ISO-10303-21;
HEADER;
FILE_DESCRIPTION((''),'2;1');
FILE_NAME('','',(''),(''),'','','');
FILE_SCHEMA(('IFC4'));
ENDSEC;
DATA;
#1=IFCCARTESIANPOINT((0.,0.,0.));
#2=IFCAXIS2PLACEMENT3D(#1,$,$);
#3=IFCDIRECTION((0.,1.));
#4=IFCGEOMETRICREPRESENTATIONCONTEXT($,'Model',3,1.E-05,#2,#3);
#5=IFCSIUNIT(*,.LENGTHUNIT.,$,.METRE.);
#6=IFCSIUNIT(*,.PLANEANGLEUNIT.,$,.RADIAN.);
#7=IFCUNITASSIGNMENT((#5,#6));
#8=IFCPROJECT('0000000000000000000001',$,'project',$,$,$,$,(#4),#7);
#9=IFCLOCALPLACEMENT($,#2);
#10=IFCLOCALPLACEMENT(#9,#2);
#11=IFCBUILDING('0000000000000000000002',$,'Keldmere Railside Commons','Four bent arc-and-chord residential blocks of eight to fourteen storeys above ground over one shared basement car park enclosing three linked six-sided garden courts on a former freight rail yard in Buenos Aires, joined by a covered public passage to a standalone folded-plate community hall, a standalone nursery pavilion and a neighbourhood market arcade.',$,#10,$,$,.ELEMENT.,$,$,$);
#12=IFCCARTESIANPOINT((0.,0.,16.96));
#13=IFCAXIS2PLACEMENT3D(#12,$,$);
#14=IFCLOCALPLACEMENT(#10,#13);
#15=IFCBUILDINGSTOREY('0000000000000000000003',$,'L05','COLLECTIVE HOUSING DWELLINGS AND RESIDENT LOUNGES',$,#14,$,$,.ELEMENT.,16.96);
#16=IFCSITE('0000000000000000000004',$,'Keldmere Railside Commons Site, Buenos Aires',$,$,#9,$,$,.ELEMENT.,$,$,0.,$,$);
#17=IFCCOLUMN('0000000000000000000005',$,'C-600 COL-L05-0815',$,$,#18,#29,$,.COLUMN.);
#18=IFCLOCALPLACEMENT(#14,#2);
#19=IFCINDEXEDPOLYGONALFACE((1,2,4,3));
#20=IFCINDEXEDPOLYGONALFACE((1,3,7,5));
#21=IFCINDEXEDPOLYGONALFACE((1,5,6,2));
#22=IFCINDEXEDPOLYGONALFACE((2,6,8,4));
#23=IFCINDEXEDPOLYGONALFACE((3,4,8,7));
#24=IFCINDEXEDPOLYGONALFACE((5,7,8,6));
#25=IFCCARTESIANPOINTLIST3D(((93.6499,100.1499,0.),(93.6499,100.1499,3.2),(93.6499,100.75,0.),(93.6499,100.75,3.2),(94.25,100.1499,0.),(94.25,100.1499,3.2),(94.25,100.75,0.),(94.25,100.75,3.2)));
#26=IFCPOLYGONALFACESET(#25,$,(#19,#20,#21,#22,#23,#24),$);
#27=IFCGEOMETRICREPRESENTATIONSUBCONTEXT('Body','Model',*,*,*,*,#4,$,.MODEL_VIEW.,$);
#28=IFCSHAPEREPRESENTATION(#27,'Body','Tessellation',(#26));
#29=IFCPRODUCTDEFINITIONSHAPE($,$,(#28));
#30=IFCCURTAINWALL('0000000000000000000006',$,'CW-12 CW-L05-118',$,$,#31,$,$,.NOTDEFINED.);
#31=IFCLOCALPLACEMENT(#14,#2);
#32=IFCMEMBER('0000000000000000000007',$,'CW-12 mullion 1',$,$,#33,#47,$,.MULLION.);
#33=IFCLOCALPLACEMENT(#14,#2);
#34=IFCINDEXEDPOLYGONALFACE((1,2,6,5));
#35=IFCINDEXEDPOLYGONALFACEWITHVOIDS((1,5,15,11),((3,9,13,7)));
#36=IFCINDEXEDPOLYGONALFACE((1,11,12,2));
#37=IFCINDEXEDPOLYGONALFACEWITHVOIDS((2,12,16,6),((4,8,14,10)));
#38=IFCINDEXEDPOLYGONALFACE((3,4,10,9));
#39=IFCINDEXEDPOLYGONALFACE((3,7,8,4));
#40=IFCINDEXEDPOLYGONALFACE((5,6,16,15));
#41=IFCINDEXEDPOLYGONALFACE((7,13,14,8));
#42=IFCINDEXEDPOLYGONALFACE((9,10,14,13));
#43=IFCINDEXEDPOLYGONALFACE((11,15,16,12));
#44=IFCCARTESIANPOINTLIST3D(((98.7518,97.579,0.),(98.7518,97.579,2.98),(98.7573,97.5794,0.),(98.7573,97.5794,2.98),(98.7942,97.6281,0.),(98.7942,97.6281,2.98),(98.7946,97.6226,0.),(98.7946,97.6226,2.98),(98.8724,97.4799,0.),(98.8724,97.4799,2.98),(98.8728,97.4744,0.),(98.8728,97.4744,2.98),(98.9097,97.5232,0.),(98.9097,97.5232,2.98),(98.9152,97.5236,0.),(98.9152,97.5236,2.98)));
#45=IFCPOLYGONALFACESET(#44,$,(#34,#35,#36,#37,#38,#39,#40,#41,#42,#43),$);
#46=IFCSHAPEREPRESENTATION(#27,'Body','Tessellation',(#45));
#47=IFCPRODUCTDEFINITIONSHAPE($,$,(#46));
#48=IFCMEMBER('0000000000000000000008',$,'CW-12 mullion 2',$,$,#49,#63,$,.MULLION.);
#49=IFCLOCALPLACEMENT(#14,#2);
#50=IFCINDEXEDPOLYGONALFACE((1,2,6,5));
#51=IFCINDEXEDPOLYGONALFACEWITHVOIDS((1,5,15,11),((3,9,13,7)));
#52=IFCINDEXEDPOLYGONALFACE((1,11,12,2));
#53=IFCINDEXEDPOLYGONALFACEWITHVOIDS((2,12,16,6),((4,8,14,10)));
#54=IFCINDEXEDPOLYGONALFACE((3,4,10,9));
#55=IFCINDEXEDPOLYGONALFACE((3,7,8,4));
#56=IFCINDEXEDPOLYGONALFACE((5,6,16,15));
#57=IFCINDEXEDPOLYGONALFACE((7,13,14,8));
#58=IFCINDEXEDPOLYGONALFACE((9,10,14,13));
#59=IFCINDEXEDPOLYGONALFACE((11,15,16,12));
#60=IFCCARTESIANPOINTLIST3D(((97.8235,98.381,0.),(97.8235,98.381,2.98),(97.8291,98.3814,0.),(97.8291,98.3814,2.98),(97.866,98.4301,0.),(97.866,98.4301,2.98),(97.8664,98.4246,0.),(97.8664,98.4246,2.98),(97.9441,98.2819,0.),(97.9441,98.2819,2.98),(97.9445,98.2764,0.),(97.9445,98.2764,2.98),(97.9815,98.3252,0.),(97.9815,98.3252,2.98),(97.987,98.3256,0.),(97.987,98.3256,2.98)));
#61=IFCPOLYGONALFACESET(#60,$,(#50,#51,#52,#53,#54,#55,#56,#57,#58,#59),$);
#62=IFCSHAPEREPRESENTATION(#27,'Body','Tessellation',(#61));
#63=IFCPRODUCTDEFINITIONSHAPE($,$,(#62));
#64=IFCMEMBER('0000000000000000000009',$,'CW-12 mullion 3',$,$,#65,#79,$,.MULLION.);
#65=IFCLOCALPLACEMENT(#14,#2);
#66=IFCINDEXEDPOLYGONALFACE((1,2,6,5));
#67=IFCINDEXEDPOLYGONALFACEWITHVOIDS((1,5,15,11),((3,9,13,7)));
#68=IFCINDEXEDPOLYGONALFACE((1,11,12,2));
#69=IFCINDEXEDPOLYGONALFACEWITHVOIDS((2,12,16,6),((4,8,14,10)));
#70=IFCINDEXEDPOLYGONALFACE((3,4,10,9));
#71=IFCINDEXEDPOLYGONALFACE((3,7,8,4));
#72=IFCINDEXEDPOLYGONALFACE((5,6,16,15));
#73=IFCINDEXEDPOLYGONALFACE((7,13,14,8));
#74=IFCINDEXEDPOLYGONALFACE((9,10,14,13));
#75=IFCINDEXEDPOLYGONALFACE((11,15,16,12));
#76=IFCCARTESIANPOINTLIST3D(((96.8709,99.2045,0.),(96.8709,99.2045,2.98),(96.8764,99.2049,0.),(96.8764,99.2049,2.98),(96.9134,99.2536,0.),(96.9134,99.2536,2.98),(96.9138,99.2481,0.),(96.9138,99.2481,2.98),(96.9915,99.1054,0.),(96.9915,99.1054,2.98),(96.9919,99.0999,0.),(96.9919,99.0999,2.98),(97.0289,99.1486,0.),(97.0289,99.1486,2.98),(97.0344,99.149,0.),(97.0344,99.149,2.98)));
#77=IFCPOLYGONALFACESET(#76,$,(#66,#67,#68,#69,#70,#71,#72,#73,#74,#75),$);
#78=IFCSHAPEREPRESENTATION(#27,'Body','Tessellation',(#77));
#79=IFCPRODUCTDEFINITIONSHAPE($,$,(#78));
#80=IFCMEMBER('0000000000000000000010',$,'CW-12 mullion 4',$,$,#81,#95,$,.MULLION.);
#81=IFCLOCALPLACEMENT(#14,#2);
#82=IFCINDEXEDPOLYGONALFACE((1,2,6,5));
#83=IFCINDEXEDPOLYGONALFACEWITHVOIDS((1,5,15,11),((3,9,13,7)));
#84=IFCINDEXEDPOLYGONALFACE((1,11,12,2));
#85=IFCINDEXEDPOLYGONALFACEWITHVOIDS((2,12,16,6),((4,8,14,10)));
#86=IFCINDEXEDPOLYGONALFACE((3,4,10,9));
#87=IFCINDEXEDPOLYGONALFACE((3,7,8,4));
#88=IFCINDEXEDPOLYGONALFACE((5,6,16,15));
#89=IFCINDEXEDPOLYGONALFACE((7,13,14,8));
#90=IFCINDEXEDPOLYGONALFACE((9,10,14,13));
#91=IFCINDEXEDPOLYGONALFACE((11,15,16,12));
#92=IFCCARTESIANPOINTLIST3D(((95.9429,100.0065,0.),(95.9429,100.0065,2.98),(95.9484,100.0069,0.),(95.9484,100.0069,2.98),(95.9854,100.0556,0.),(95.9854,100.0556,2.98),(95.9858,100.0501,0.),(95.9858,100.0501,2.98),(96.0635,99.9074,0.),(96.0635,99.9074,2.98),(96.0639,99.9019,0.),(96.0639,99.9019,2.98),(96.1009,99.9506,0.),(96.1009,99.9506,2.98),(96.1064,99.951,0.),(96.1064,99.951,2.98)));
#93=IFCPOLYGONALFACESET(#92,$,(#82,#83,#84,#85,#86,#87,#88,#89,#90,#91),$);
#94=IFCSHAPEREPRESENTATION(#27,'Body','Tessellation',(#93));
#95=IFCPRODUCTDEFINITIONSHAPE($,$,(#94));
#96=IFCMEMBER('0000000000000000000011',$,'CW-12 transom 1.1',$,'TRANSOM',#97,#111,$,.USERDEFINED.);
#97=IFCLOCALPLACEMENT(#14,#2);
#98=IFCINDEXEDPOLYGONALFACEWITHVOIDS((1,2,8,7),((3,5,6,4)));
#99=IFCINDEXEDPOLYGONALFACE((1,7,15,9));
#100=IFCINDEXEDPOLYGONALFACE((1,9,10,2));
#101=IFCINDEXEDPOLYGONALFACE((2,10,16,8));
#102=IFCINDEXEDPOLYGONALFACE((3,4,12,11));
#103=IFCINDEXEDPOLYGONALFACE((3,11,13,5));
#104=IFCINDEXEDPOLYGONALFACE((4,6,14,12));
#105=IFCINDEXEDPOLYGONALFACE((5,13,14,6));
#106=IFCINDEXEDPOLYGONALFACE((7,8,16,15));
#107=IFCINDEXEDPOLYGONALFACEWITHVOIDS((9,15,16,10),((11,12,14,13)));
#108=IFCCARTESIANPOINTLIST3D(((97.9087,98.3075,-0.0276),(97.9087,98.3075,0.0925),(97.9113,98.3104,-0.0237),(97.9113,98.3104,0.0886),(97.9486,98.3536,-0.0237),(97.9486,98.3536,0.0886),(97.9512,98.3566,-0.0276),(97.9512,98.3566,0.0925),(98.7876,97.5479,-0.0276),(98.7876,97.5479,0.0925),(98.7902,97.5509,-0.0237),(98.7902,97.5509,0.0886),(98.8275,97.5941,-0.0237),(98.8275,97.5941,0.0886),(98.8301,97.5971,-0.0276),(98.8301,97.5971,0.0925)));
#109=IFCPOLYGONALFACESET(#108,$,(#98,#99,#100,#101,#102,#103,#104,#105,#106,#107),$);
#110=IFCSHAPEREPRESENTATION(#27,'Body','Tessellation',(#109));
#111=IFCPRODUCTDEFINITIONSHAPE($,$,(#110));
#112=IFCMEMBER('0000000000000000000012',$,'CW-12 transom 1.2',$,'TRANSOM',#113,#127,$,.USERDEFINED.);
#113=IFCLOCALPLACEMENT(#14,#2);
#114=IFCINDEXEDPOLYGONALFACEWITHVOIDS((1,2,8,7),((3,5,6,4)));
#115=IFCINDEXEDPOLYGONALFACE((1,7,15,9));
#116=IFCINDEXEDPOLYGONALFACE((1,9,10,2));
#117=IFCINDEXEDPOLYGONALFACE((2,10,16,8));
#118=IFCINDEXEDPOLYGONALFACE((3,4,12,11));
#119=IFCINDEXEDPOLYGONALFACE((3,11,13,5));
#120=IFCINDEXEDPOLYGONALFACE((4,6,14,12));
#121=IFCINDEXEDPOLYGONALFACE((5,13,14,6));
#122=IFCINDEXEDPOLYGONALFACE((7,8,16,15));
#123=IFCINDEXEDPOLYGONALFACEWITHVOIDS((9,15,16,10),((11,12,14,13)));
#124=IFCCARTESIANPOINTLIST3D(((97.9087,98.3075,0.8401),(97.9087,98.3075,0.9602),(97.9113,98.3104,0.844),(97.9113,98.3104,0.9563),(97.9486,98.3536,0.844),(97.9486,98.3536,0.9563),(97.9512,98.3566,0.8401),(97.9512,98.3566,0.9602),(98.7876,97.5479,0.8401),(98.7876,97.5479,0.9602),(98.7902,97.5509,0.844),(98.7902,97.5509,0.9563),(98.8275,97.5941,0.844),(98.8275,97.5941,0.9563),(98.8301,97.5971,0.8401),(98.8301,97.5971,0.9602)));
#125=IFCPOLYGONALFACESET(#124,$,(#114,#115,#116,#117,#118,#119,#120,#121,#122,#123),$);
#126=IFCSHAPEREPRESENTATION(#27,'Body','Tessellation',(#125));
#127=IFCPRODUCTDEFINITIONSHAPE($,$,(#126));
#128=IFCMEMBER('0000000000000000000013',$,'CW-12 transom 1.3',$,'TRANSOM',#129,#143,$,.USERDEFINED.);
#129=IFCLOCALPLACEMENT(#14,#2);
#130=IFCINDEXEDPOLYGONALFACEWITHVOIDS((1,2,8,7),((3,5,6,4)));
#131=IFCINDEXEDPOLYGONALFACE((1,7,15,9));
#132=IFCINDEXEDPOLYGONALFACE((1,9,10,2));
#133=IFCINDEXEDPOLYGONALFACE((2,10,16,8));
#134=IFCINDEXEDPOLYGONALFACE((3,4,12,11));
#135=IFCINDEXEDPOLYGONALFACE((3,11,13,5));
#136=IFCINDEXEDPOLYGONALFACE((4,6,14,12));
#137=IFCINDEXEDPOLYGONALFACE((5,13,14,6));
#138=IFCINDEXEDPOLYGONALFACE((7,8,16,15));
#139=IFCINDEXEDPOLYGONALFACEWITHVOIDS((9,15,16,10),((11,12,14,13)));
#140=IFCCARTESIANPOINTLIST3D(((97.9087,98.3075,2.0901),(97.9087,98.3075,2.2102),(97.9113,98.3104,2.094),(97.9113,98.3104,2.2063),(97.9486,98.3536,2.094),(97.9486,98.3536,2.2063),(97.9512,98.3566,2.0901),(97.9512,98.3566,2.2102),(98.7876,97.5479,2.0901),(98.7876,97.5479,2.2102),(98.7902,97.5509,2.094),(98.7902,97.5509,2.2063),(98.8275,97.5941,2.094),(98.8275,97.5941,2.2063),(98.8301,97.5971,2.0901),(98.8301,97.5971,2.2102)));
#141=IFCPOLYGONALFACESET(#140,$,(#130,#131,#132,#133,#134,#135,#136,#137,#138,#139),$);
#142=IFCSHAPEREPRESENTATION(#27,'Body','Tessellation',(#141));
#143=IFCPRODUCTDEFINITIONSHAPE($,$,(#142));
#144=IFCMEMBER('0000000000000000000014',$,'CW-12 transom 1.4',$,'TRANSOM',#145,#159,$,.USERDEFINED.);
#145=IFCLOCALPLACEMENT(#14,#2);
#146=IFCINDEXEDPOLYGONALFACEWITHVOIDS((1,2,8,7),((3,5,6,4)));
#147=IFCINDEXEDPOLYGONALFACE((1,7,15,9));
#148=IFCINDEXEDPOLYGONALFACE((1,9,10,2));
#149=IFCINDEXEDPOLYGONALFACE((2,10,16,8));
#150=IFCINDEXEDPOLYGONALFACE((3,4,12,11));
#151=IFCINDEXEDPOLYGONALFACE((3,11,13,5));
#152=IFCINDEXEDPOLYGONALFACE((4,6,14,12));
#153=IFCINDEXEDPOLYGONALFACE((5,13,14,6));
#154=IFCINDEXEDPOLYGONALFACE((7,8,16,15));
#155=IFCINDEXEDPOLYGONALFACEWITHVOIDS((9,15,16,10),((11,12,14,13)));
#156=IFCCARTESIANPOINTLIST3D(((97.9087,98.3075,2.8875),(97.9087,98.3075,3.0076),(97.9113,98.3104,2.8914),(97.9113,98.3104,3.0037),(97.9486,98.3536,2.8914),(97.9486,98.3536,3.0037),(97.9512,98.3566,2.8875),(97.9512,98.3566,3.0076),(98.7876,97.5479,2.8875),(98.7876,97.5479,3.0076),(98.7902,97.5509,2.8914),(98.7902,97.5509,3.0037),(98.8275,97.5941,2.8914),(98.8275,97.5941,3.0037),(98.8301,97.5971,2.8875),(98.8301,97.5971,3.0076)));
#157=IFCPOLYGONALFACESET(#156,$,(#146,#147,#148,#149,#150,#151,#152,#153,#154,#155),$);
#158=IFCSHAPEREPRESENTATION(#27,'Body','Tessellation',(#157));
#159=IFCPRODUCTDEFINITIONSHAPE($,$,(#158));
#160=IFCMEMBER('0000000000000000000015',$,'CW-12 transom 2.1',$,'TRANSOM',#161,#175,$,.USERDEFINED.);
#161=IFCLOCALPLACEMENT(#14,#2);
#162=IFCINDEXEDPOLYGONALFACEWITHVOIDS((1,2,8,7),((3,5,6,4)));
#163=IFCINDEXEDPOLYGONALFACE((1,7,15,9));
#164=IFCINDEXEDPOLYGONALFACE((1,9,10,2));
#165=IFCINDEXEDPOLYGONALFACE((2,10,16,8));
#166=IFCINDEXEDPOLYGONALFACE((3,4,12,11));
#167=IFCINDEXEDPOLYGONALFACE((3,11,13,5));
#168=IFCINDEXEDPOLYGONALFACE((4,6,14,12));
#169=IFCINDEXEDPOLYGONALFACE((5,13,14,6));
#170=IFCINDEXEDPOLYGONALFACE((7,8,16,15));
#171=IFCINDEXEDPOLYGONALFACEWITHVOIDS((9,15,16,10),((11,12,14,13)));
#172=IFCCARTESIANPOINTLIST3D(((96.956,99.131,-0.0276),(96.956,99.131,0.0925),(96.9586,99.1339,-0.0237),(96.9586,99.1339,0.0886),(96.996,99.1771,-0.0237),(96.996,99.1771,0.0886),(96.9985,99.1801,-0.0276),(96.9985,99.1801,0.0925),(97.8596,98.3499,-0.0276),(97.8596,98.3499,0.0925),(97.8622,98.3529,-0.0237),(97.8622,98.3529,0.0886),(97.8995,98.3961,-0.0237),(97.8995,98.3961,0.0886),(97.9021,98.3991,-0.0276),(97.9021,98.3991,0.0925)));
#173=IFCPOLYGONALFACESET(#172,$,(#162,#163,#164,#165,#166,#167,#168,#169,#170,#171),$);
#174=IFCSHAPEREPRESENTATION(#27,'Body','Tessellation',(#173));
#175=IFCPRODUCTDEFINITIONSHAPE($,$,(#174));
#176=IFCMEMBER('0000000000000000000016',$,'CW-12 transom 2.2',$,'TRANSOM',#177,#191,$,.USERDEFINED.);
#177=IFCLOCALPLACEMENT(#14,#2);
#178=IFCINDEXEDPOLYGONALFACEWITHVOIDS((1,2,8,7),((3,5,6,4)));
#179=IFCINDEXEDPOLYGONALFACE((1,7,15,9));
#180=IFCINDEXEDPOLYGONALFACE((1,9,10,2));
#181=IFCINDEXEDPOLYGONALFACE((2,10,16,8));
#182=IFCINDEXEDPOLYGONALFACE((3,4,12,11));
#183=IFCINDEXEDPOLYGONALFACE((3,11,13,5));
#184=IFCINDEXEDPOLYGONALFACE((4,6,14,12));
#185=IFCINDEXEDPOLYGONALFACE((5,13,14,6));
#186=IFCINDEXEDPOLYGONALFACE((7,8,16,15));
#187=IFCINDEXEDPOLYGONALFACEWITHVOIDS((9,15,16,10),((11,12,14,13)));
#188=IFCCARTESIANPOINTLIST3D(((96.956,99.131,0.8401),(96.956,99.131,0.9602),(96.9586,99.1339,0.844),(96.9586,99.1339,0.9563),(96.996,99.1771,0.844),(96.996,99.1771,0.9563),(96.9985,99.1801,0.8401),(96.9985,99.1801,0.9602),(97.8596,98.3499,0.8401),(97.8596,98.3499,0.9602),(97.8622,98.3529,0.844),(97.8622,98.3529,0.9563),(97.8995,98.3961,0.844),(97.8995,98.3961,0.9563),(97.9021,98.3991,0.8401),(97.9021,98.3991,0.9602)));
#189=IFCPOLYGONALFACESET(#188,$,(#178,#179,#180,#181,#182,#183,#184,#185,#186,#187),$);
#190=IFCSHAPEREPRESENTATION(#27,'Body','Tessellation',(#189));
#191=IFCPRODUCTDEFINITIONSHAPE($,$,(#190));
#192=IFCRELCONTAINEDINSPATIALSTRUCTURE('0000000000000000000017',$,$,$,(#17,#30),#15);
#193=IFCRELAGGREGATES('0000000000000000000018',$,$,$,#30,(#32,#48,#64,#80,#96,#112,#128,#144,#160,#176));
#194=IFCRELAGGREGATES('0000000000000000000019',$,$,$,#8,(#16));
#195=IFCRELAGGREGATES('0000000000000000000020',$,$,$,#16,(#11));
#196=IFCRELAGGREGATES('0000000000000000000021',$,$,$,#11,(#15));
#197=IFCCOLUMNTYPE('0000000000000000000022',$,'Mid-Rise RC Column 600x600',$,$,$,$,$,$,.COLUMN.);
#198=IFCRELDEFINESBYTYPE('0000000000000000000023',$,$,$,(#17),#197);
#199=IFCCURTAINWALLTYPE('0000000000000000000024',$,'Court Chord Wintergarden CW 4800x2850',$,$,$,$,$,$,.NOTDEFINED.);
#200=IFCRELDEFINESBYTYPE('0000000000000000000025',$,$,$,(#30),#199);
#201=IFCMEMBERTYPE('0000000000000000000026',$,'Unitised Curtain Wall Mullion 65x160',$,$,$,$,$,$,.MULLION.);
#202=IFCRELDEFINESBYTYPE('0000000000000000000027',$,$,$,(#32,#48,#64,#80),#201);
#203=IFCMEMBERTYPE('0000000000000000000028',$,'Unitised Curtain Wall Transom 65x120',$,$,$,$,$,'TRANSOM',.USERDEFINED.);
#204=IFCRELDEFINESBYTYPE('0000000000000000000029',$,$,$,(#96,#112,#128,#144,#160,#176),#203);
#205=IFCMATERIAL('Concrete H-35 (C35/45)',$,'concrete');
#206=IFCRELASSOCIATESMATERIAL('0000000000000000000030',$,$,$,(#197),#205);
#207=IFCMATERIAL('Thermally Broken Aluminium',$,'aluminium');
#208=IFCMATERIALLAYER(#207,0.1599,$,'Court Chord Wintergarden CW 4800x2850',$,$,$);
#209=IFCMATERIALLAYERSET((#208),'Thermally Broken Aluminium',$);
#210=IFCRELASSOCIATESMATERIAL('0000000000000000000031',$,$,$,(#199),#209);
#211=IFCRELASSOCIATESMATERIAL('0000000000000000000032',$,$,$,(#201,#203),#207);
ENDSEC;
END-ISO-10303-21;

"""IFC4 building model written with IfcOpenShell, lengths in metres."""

from ifc_helpers import new_model, si_unit, direction, frame, origin, origin_2d, place, context, subcontext, project, spatial, rectangle, hollow_rectangle, extrude, material, layer, layer_set, material_profile, profile_set, type_object, element, aggregate, save


model = new_model("IFC4")

# Units and contexts
model_context = context("Model", 3, precision=1e-05, world=origin(), true_north=direction((0.0, 1.0)))
body_context = subcontext(model_context, "Body", "Model", "MODEL_VIEW")
ifc_project = project(units=[si_unit("LENGTHUNIT", "METRE"), si_unit("PLANEANGLEUNIT", "RADIAN")], contexts=[model_context])

# Site, building, storey
site_placement = place(None, origin())
site = spatial("IfcSite", under=ifc_project, at=site_placement, Name="Keldmere Railside Commons Site, Buenos Aires", CompositionType="ELEMENT", RefElevation=0.0)
building_placement = place(site_placement, origin())
building = spatial("IfcBuilding", under=site, at=building_placement, Name="Keldmere Railside Commons", Description="Four bent arc-and-chord residential blocks of eight to fourteen storeys above ground over one shared basement car park enclosing three linked six-sided garden courts on a former freight rail yard in Buenos Aires, joined by a covered public passage to a standalone folded-plate community hall, a standalone nursery pavilion and a neighbourhood market arcade.", CompositionType="ELEMENT")
storey_placement = place(building_placement, frame((0.0, 0.0, 16.96)))
storey = spatial("IfcBuildingStorey", under=building, at=storey_placement, Name="L05", Description="COLLECTIVE HOUSING DWELLINGS AND RESIDENT LOUNGES", CompositionType="ELEMENT", Elevation=16.96)

# Column
ifc_material_1 = material(Name="Concrete H-35 (C35/45)", Category="concrete")
ifc_material_profile_1 = material_profile(ifc_material_1, rectangle(XDim=0.6001, YDim=0.6001, at=origin_2d()), Name="RC-600x600")
ifc_profile_set_1 = profile_set([ifc_material_profile_1], Name="Concrete H-35 (C35/45)")
column_type = type_object("IfcColumnType", Name="Mid-Rise RC Column 600x600", PredefinedType="COLUMN", material=ifc_profile_set_1)
column_placement = place(storey_placement, frame((93.95, 100.45, 0.0), z_axis=(0.0, 0.0, 1.0), x_axis=(1.0, 0.0, 0.0)))
element("IfcColumn", 1, at=column_placement, inside=storey, type_object=column_type, Name="C-600 COL-L05-0815", PredefinedType="COLUMN", context=body_context, shape_type="SweptSolid", body=[
    extrude(rectangle(XDim=0.6001, YDim=0.6001, at=origin_2d()), origin(), (0.0, 0.0, 1.0), 3.2),
])

# Curtain wall, members
ifc_material_2 = material(Name="Thermally Broken Aluminium", Category="aluminium")
ifc_layer_1 = layer(ifc_material_2, 0.1599, Name="Court Chord Wintergarden CW 4800x2850")
ifc_layer_set_1 = layer_set([ifc_layer_1], Name="Thermally Broken Aluminium")
curtain_wall_type = type_object("IfcCurtainWallType", Name="Court Chord Wintergarden CW 4800x2850", PredefinedType="NOTDEFINED", material=ifc_layer_set_1)
curtain_wall_placement = place(storey_placement, origin())
curtain_wall = element("IfcCurtainWall", 2, at=curtain_wall_placement, inside=storey, type_object=curtain_wall_type, Name="CW-12 CW-L05-118", PredefinedType="NOTDEFINED")
ifc_material_profile_2 = material_profile(ifc_material_2, hollow_rectangle(XDim=0.0649, YDim=0.1599, WallThickness=0.0039, at=origin_2d()), Name="ALU-MULL-65x160")
ifc_profile_set_2 = profile_set([ifc_material_profile_2], Name="Thermally Broken Aluminium")
member_type_1 = type_object("IfcMemberType", Name="Unitised Curtain Wall Mullion 65x160", PredefinedType="MULLION", material=ifc_profile_set_2)
member_1_placement = place(storey_placement, frame((98.8335, 97.5513, 0.0), z_axis=(0.0, 0.0, 1.0), x_axis=(-0.653882, -0.756597, 0.0)))
member_1 = element("IfcMember", 3, at=member_1_placement, type_object=member_type_1, Name="CW-12 mullion 1", PredefinedType="MULLION", context=body_context, shape_type="SweptSolid", body=[
    extrude(hollow_rectangle(XDim=0.0649, YDim=0.1599, WallThickness=0.0039, at=origin_2d()), origin(), (0.0, 0.0, 1.0), 2.98),
])
member_2_placement = place(storey_placement, frame((97.9053, 98.3533, 0.0), z_axis=(0.0, 0.0, 1.0), x_axis=(-0.653882, -0.756597, 0.0)))
member_2 = element("IfcMember", 4, at=member_2_placement, type_object=member_type_1, Name="CW-12 mullion 2", PredefinedType="MULLION", context=body_context, shape_type="SweptSolid", body=[
    extrude(hollow_rectangle(XDim=0.0649, YDim=0.1599, WallThickness=0.0039, at=origin_2d()), origin(), (0.0, 0.0, 1.0), 2.98),
])
member_3_placement = place(storey_placement, frame((96.9526, 99.1768, 0.0), z_axis=(0.0, 0.0, 1.0), x_axis=(-0.653882, -0.756597, 0.0)))
member_3 = element("IfcMember", 5, at=member_3_placement, type_object=member_type_1, Name="CW-12 mullion 3", PredefinedType="MULLION", context=body_context, shape_type="SweptSolid", body=[
    extrude(hollow_rectangle(XDim=0.0649, YDim=0.1599, WallThickness=0.0039, at=origin_2d()), origin(), (0.0, 0.0, 1.0), 2.98),
])
member_4_placement = place(storey_placement, frame((96.0247, 99.9788, 0.0), z_axis=(0.0, 0.0, 1.0), x_axis=(-0.653882, -0.756597, 0.0)))
member_4 = element("IfcMember", 6, at=member_4_placement, type_object=member_type_1, Name="CW-12 mullion 4", PredefinedType="MULLION", context=body_context, shape_type="SweptSolid", body=[
    extrude(hollow_rectangle(XDim=0.0649, YDim=0.1599, WallThickness=0.0039, at=origin_2d()), origin(), (0.0, 0.0, 1.0), 2.98),
])
ifc_material_profile_3 = material_profile(ifc_material_2, hollow_rectangle(XDim=0.0649, YDim=0.1201, WallThickness=0.0039, at=origin_2d()), Name="ALU-TRAN-65x120")
ifc_profile_set_3 = profile_set([ifc_material_profile_3], Name="Thermally Broken Aluminium")
member_type_2 = type_object("IfcMemberType", Name="Unitised Curtain Wall Transom 65x120", ElementType="TRANSOM", PredefinedType="USERDEFINED", material=ifc_profile_set_3)
member_5_placement = place(storey_placement, frame((98.8088, 97.5725, 0.0325), z_axis=(-0.756624, 0.65385, 0.0), x_axis=(-0.65385, -0.756624, 0.0)))
member_5 = element("IfcMember", 7, at=member_5_placement, type_object=member_type_2, Name="CW-12 transom 1.1", ObjectType="TRANSOM", PredefinedType="USERDEFINED", context=body_context, shape_type="SweptSolid", body=[
    extrude(hollow_rectangle(XDim=0.0649, YDim=0.1201, WallThickness=0.0039, at=origin_2d()), origin(), (0.0, 0.0, 1.0), 1.1616),
])
member_6_placement = place(storey_placement, frame((98.8088, 97.5725, 0.9001), z_axis=(-0.756624, 0.65385, 0.0), x_axis=(-0.65385, -0.756624, 0.0)))
member_6 = element("IfcMember", 8, at=member_6_placement, type_object=member_type_2, Name="CW-12 transom 1.2", ObjectType="TRANSOM", PredefinedType="USERDEFINED", context=body_context, shape_type="SweptSolid", body=[
    extrude(hollow_rectangle(XDim=0.0649, YDim=0.1201, WallThickness=0.0039, at=origin_2d()), origin(), (0.0, 0.0, 1.0), 1.1616),
])
member_7_placement = place(storey_placement, frame((98.8088, 97.5725, 2.1501), z_axis=(-0.756624, 0.65385, 0.0), x_axis=(-0.65385, -0.756624, 0.0)))
member_7 = element("IfcMember", 9, at=member_7_placement, type_object=member_type_2, Name="CW-12 transom 1.3", ObjectType="TRANSOM", PredefinedType="USERDEFINED", context=body_context, shape_type="SweptSolid", body=[
    extrude(hollow_rectangle(XDim=0.0649, YDim=0.1201, WallThickness=0.0039, at=origin_2d()), origin(), (0.0, 0.0, 1.0), 1.1616),
])
member_8_placement = place(storey_placement, frame((98.8088, 97.5725, 2.9475), z_axis=(-0.756624, 0.65385, 0.0), x_axis=(-0.65385, -0.756624, 0.0)))
member_8 = element("IfcMember", 10, at=member_8_placement, type_object=member_type_2, Name="CW-12 transom 1.4", ObjectType="TRANSOM", PredefinedType="USERDEFINED", context=body_context, shape_type="SweptSolid", body=[
    extrude(hollow_rectangle(XDim=0.0649, YDim=0.1201, WallThickness=0.0039, at=origin_2d()), origin(), (0.0, 0.0, 1.0), 1.1616),
])
member_9_placement = place(storey_placement, frame((97.8809, 98.3745, 0.0325), z_axis=(-0.756552, 0.653934, 0.0), x_axis=(-0.653934, -0.756552, 0.0)))
member_9 = element("IfcMember", 11, at=member_9_placement, type_object=member_type_2, Name="CW-12 transom 2.1", ObjectType="TRANSOM", PredefinedType="USERDEFINED", context=body_context, shape_type="SweptSolid", body=[
    extrude(hollow_rectangle(XDim=0.0649, YDim=0.1201, WallThickness=0.0039, at=origin_2d()), origin(), (0.0, 0.0, 1.0), 1.1943),
])
member_10_placement = place(storey_placement, frame((97.8809, 98.3745, 0.9001), z_axis=(-0.756552, 0.653934, 0.0), x_axis=(-0.653934, -0.756552, 0.0)))
member_10 = element("IfcMember", 12, at=member_10_placement, type_object=member_type_2, Name="CW-12 transom 2.2", ObjectType="TRANSOM", PredefinedType="USERDEFINED", context=body_context, shape_type="SweptSolid", body=[
    extrude(hollow_rectangle(XDim=0.0649, YDim=0.1201, WallThickness=0.0039, at=origin_2d()), origin(), (0.0, 0.0, 1.0), 1.1943),
])
aggregate(curtain_wall, [member_1, member_2, member_3, member_4, member_5, member_6, member_7, member_8, member_9, member_10])

save(model, "model.ifc")
